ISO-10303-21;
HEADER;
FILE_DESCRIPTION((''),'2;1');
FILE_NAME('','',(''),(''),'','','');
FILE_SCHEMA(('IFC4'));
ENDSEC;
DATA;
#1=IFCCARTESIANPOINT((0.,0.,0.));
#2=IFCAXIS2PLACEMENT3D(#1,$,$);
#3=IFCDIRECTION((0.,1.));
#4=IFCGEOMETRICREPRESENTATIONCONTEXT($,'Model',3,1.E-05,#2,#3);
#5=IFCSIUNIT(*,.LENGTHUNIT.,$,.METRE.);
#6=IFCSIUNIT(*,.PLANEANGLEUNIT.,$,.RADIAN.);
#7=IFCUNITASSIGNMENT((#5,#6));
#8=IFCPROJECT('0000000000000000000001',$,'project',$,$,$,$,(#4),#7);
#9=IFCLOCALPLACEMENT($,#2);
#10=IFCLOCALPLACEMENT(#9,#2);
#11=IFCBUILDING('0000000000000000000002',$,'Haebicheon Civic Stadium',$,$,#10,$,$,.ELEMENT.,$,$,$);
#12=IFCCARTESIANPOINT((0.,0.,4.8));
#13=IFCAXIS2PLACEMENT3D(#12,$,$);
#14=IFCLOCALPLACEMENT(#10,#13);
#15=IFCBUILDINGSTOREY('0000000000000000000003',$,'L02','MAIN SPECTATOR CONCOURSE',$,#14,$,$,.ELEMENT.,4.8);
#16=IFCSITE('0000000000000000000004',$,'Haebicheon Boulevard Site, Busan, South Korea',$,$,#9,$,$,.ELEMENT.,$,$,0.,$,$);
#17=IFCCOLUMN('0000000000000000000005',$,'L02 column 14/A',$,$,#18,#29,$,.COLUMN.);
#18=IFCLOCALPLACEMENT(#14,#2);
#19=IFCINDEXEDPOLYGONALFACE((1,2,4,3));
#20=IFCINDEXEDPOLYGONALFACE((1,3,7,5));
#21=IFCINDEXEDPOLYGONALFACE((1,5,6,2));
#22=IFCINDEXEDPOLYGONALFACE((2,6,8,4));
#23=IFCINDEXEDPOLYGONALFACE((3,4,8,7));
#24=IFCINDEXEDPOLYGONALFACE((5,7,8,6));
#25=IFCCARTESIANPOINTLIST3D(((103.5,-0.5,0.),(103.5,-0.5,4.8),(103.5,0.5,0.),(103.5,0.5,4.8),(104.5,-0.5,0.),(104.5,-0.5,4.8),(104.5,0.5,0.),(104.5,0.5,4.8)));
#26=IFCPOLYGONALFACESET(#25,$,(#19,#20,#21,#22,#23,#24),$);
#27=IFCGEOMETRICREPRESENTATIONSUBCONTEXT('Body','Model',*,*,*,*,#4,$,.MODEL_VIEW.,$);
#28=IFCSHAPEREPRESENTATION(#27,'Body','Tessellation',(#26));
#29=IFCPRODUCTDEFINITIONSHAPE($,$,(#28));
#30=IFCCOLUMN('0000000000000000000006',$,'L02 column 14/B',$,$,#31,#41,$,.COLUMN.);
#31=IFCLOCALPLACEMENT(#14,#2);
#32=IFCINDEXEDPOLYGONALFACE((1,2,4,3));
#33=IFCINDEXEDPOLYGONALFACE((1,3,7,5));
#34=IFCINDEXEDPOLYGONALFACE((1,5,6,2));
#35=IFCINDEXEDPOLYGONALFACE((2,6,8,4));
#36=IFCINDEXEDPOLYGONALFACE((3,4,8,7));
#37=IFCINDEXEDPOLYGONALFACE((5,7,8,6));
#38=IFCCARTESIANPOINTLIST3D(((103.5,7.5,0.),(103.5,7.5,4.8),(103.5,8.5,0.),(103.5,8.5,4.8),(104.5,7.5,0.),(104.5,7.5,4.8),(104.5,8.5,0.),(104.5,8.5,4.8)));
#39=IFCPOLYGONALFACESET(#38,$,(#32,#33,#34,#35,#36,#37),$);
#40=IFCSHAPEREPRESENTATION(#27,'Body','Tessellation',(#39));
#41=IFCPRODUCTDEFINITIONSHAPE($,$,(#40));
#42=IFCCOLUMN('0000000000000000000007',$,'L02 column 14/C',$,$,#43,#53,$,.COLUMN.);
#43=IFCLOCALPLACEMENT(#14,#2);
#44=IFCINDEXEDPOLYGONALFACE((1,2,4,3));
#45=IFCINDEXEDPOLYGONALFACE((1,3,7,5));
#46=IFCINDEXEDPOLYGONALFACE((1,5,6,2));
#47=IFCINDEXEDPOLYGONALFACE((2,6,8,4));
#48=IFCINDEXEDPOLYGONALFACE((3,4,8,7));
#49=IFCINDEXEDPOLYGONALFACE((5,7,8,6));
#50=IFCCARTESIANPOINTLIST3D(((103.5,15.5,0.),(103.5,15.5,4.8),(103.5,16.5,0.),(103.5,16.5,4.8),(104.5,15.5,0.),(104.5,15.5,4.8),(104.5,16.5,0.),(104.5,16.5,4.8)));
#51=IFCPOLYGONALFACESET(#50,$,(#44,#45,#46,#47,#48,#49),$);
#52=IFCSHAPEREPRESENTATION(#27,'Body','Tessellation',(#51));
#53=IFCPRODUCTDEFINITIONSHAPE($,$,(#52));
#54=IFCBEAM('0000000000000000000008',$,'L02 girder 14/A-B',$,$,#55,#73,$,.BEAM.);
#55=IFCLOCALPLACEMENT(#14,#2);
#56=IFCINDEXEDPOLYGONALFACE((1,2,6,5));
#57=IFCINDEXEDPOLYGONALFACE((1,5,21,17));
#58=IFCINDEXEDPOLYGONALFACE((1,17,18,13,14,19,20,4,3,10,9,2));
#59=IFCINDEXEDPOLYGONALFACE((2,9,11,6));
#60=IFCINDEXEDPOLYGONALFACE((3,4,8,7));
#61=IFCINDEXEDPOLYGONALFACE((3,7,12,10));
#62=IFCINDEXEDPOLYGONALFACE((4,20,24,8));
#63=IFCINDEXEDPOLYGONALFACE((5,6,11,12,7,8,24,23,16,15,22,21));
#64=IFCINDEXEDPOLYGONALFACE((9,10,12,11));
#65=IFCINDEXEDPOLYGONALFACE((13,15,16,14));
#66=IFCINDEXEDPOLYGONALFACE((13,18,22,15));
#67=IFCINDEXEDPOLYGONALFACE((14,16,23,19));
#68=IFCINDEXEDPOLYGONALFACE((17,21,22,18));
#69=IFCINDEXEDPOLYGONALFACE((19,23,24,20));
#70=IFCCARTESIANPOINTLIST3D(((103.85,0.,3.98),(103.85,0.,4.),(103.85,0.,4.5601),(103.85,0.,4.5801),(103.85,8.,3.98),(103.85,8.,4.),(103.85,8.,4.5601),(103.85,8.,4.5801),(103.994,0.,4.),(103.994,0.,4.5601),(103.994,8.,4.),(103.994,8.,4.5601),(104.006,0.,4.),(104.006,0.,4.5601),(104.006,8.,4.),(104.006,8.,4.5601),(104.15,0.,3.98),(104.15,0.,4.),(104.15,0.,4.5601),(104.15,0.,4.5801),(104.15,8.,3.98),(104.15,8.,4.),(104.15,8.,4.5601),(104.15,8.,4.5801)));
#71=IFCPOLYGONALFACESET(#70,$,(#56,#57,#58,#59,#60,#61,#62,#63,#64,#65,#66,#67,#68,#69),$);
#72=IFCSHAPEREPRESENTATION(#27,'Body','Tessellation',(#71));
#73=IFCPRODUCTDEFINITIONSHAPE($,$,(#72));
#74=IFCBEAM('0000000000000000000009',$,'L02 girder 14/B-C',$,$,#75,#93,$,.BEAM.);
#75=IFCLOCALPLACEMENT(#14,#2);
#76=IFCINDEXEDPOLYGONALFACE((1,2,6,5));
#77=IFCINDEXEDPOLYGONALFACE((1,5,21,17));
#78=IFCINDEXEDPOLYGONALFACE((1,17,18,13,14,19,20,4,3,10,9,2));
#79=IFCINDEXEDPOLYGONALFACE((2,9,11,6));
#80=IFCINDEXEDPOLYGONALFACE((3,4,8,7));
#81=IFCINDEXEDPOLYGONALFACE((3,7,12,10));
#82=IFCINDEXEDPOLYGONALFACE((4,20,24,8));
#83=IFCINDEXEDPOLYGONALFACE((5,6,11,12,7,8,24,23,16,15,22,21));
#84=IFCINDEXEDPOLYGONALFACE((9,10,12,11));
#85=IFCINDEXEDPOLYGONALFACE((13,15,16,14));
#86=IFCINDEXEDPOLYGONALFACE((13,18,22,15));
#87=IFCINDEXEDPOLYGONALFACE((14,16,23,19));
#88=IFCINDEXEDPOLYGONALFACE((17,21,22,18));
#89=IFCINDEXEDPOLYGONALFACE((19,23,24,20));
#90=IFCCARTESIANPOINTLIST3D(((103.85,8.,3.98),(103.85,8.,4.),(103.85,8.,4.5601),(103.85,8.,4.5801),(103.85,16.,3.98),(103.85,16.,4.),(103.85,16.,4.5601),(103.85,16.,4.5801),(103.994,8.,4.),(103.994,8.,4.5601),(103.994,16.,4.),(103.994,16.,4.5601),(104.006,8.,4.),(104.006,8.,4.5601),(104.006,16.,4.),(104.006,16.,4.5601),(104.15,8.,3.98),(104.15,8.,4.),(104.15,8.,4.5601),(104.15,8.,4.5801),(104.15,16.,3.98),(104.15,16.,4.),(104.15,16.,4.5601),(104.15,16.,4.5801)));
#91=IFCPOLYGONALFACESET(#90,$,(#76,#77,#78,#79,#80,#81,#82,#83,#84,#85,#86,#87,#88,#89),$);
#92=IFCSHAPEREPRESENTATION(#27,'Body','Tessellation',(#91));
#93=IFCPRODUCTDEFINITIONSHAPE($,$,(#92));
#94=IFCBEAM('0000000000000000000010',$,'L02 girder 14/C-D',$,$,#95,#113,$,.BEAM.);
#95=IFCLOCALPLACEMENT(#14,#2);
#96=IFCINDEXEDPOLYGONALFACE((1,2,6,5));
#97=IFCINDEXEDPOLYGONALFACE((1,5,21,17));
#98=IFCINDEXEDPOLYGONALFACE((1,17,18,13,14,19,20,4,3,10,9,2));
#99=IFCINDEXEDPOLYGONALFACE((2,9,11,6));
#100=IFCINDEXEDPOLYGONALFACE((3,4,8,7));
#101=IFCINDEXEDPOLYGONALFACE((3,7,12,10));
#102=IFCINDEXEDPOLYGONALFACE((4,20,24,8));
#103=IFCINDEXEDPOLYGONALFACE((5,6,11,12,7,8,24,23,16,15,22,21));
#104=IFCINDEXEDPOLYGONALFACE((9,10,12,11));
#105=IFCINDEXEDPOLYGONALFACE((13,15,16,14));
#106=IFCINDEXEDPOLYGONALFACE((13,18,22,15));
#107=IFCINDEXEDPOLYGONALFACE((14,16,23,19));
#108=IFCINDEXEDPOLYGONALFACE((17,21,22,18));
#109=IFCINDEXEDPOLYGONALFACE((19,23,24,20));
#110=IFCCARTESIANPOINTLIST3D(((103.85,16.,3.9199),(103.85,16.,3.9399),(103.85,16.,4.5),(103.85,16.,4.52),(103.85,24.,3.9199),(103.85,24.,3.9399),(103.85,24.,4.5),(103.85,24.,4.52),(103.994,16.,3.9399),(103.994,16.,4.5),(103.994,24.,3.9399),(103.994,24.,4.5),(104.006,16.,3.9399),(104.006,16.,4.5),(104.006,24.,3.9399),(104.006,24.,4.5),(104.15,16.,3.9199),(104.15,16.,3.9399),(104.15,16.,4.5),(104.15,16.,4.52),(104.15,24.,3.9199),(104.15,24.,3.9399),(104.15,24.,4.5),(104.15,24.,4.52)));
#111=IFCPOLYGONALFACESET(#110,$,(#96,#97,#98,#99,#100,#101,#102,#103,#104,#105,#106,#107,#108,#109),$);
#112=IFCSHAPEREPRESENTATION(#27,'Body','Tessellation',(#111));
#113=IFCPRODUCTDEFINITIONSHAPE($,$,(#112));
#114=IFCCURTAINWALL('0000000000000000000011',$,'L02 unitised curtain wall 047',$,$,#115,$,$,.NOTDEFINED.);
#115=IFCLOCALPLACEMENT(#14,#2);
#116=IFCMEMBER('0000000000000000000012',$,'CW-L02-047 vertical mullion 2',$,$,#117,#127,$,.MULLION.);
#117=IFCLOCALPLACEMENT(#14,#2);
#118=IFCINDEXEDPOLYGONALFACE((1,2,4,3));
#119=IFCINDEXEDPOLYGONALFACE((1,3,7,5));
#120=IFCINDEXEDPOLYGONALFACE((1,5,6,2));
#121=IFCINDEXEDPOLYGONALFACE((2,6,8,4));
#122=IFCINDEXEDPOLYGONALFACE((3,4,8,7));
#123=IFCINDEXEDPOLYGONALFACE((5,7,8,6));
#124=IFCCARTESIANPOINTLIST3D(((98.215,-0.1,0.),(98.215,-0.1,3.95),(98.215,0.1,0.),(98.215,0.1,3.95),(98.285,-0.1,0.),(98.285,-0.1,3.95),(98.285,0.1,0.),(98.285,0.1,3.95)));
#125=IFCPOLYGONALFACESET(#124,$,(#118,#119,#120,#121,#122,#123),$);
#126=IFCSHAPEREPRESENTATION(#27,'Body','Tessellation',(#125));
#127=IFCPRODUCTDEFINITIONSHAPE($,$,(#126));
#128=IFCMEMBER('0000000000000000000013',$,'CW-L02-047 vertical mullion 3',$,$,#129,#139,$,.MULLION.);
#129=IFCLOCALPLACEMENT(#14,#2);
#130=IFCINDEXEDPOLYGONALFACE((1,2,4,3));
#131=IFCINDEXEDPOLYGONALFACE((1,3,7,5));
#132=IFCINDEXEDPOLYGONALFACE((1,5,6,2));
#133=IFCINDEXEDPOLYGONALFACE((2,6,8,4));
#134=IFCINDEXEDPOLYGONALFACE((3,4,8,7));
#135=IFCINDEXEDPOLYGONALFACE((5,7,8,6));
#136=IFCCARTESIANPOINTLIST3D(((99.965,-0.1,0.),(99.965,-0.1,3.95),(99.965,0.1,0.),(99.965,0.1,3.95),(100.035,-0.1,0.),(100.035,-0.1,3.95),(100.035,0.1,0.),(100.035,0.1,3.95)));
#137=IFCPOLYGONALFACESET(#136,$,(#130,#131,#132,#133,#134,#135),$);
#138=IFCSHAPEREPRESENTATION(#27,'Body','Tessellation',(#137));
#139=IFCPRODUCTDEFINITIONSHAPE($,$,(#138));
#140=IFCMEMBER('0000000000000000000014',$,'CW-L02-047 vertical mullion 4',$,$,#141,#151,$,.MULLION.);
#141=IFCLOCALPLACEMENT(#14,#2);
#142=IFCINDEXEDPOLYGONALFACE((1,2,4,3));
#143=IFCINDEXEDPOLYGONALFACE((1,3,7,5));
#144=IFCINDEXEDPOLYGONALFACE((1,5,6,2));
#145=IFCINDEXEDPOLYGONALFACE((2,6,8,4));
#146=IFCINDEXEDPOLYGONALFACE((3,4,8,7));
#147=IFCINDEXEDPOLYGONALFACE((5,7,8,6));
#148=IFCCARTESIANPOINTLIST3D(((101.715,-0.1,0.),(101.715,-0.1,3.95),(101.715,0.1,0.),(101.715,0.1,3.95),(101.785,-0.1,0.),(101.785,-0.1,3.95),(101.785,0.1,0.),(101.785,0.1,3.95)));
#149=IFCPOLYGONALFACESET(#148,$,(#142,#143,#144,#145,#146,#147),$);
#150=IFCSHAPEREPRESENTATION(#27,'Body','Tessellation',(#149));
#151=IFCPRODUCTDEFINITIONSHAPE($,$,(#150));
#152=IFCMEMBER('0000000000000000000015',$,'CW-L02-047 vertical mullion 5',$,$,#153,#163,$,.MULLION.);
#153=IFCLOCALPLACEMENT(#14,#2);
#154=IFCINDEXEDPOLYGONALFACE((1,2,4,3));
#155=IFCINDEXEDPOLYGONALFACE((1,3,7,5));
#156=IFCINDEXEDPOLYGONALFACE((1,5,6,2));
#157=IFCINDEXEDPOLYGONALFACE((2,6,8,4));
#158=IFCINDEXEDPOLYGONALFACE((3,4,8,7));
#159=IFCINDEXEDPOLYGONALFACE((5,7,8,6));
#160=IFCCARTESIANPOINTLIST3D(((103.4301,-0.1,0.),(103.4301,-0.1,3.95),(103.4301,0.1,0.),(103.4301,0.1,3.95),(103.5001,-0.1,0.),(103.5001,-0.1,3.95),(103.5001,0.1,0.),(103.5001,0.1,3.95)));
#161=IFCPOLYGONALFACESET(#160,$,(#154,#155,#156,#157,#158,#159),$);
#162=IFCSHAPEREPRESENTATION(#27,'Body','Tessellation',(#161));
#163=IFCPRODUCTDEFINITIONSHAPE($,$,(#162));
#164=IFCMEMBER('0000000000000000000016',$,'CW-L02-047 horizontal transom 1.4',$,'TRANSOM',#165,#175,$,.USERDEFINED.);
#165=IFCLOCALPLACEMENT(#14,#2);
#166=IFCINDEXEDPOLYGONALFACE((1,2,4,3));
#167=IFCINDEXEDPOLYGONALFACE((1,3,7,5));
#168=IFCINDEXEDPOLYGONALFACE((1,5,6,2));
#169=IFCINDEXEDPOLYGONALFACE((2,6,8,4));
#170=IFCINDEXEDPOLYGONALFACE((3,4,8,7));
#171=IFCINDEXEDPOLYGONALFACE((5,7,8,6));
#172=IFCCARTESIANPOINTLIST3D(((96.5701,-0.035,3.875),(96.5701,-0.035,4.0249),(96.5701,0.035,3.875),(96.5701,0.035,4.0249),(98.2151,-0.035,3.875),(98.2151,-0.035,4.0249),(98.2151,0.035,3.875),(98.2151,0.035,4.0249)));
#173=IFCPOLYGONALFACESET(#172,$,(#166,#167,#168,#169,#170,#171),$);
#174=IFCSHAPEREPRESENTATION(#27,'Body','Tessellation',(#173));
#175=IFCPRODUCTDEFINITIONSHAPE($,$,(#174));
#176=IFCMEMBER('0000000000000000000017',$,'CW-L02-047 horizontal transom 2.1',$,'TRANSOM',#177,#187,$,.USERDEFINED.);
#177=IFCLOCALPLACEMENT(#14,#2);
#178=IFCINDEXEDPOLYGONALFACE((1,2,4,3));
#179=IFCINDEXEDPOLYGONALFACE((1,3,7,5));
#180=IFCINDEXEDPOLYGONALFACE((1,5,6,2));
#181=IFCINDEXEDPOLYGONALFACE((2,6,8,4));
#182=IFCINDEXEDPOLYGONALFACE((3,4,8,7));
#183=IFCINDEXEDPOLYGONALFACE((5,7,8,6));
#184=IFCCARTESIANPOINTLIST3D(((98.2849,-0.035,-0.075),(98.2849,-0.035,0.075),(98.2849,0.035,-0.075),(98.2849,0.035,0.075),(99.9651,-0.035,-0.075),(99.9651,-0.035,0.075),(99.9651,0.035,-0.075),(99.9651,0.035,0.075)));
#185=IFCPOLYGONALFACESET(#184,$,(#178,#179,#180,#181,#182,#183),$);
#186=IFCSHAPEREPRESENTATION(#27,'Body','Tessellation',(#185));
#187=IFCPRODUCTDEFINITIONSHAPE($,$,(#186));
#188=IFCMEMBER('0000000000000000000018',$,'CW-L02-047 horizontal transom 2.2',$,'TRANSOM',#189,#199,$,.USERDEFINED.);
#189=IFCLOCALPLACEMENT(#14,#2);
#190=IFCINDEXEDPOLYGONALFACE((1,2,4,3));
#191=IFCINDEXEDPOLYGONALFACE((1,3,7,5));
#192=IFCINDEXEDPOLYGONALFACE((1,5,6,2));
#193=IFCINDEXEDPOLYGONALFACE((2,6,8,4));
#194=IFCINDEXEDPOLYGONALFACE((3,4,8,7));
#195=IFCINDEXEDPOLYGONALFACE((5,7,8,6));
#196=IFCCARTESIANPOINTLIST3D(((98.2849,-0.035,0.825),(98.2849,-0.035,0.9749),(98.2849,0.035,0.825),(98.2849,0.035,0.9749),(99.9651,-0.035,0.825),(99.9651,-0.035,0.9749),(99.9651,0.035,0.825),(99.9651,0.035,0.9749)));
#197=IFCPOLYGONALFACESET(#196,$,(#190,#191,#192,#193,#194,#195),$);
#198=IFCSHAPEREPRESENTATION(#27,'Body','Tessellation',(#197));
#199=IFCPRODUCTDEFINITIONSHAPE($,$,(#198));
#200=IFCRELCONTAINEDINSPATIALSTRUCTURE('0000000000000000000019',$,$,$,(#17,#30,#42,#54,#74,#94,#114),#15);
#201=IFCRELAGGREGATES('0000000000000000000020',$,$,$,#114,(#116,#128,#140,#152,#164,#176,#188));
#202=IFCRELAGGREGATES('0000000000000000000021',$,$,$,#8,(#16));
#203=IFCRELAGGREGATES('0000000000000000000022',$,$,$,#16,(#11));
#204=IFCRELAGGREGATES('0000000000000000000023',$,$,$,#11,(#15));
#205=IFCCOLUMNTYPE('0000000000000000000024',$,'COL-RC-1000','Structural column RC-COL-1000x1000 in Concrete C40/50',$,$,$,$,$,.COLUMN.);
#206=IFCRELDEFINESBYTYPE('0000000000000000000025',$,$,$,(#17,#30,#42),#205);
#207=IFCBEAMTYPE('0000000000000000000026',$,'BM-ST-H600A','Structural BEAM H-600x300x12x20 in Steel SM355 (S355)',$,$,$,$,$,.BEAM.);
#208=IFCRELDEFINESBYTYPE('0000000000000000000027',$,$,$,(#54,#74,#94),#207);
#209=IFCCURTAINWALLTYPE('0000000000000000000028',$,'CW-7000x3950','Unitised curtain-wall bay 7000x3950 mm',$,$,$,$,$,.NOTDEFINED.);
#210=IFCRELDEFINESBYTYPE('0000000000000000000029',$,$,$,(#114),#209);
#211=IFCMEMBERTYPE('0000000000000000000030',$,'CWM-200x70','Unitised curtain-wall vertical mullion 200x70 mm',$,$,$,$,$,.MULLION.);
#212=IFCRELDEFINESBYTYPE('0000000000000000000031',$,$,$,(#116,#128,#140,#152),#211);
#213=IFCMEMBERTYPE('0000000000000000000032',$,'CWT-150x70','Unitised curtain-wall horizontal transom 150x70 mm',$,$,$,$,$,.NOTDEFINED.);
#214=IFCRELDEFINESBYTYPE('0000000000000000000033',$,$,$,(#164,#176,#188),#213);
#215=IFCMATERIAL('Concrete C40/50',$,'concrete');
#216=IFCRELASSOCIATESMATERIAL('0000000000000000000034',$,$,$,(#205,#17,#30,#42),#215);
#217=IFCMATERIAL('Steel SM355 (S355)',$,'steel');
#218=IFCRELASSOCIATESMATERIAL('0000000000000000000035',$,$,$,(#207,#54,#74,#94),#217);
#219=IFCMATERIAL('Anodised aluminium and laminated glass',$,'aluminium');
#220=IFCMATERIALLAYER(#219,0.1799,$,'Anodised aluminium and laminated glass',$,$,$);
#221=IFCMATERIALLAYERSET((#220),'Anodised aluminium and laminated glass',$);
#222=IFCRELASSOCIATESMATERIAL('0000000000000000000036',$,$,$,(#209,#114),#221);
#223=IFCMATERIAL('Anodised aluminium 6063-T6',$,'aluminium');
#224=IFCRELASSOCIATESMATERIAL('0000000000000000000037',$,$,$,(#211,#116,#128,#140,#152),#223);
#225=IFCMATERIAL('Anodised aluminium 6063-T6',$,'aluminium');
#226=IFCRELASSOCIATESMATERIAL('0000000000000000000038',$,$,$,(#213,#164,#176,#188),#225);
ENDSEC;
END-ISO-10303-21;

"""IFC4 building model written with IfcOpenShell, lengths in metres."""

from ifc_helpers import new_model, si_unit, direction, frame, origin, origin_2d, place, context, subcontext, project, spatial, rectangle, i_section, extrude, material, layer, layer_set, material_profile, profile_set, type_object, element, aggregate, save


model = new_model("IFC4")

# Units and contexts
model_context = context("Model", 3, precision=1e-05, world=origin(), true_north=direction((0.0, 1.0)))
body_context = subcontext(model_context, "Body", "Model", "MODEL_VIEW")
ifc_project = project(units=[si_unit("LENGTHUNIT", "METRE"), si_unit("PLANEANGLEUNIT", "RADIAN")], contexts=[model_context])

# Site, building, storey
site_placement = place(None, origin())
site = spatial("IfcSite", under=ifc_project, at=site_placement, Name="Haebicheon Boulevard Site, Busan, South Korea", CompositionType="ELEMENT", RefElevation=0.0)
building_placement = place(site_placement, origin())
building = spatial("IfcBuilding", under=site, at=building_placement, Name="Haebicheon Civic Stadium", CompositionType="ELEMENT")
storey_placement = place(building_placement, frame((0.0, 0.0, 4.8)))
storey = spatial("IfcBuildingStorey", under=building, at=storey_placement, Name="L02", Description="MAIN SPECTATOR CONCOURSE", CompositionType="ELEMENT", Elevation=4.8)

# Columns
ifc_material_1 = material(Name="Concrete C40/50", Category="concrete")
ifc_material_profile_1 = material_profile(ifc_material_1, rectangle(XDim=1.0, YDim=1.0, at=origin_2d()), Name="RC-COL-1000x1000")
ifc_profile_set_1 = profile_set([ifc_material_profile_1], Name="Concrete C40/50")
column_type = type_object("IfcColumnType", Name="COL-RC-1000", Description="Structural column RC-COL-1000x1000 in Concrete C40/50", PredefinedType="COLUMN", material=ifc_profile_set_1)
for number, where, z_axis, x_axis, name in (
    (1, (104.0, 0.0, 0.0), (0.0, 0.0, 1.0), (1.0, 0.0, 0.0), "L02 column 14/A"),
    (2, (104.0, 8.0, 0.0), (0.0, 0.0, 1.0), (1.0, 0.0, 0.0), "L02 column 14/B"),
    (3, (104.0, 16.0, 0.0), (0.0, 0.0, 1.0), (1.0, 0.0, 0.0), "L02 column 14/C"),
):
    element("IfcColumn", number, at=place(storey_placement, frame(where, z_axis=z_axis, x_axis=x_axis)), inside=storey, type_object=column_type, material=ifc_profile_set_1, Name=name, PredefinedType="COLUMN", context=body_context, shape_type="SweptSolid", body=[
        extrude(rectangle(XDim=1.0, YDim=1.0, at=origin_2d()), origin(), (0.0, 0.0, 1.0), 4.8),
    ])

# Beams
ifc_material_2 = material(Name="Steel SM355 (S355)", Category="steel")
ifc_material_profile_2 = material_profile(ifc_material_2, i_section(OverallWidth=0.3, OverallDepth=0.6001, WebThickness=0.012, FlangeThickness=0.02, at=origin_2d()), Name="H-600x300x12x20")
ifc_profile_set_2 = profile_set([ifc_material_profile_2], Name="Steel SM355 (S355)")
beam_type_1 = type_object("IfcBeamType", Name="BM-ST-H600A", Description="Structural BEAM H-600x300x12x20 in Steel SM355 (S355)", PredefinedType="BEAM", material=ifc_profile_set_2)
for number, where, z_axis, x_axis, name in (
    (4, (104.0, 0.0, 4.28), (0.0, 1.0, 0.0), (-1.0, 0.0, 0.0), "L02 girder 14/A-B"),
    (5, (104.0, 8.0, 4.28), (0.0, 1.0, 0.0), (-1.0, 0.0, 0.0), "L02 girder 14/B-C"),
    (6, (104.0, 16.0, 4.22), (0.0, 1.0, 0.0), (-1.0, 0.0, 0.0), "L02 girder 14/C-D"),
):
    element("IfcBeam", number, at=place(storey_placement, frame(where, z_axis=z_axis, x_axis=x_axis)), inside=storey, type_object=beam_type_1, material=ifc_profile_set_2, Name=name, PredefinedType="BEAM", context=body_context, shape_type="SweptSolid", body=[
        extrude(i_section(OverallWidth=0.3, OverallDepth=0.6001, WebThickness=0.012, FlangeThickness=0.02, at=origin_2d()), origin(), (0.0, 0.0, 1.0), 8.0),
    ])

# Curtain wall, members
ifc_material_3 = material(Name="Anodised aluminium and laminated glass", Category="aluminium")
ifc_layer_1 = layer(ifc_material_3, 0.1799, Name="Anodised aluminium and laminated glass")
ifc_layer_set_1 = layer_set([ifc_layer_1], Name="Anodised aluminium and laminated glass")
curtain_wall_type = type_object("IfcCurtainWallType", Name="CW-7000x3950", Description="Unitised curtain-wall bay 7000x3950 mm", PredefinedType="NOTDEFINED", material=ifc_layer_set_1)
curtain_wall_placement = place(storey_placement, origin())
curtain_wall = element("IfcCurtainWall", 7, at=curtain_wall_placement, inside=storey, type_object=curtain_wall_type, material=ifc_layer_set_1, Name="L02 unitised curtain wall 047", PredefinedType="NOTDEFINED")
ifc_material_4 = material(Name="Anodised aluminium 6063-T6", Category="aluminium")
ifc_material_profile_3 = material_profile(ifc_material_4, rectangle(XDim=0.0701, YDim=0.2, at=origin_2d()), Name="ALU-MULL-70x200")
ifc_profile_set_3 = profile_set([ifc_material_profile_3], Name="Anodised aluminium 6063-T6")
member_type_1 = type_object("IfcMemberType", Name="CWM-200x70", Description="Unitised curtain-wall vertical mullion 200x70 mm", PredefinedType="MULLION", material=ifc_profile_set_3)
member_1_placement = place(storey_placement, frame((98.25, 0.0, 0.0), z_axis=(0.0, 0.0, 1.0), x_axis=(1.0, 0.0, 0.0)))
member_1 = element("IfcMember", 8, at=member_1_placement, type_object=member_type_1, material=ifc_profile_set_3, Name="CW-L02-047 vertical mullion 2", PredefinedType="MULLION", context=body_context, shape_type="SweptSolid", body=[
    extrude(rectangle(XDim=0.0701, YDim=0.2, at=origin_2d()), origin(), (0.0, 0.0, 1.0), 3.95),
])
member_2_placement = place(storey_placement, frame((100.0, 0.0, 0.0), z_axis=(0.0, 0.0, 1.0), x_axis=(1.0, 0.0, 0.0)))
member_2 = element("IfcMember", 9, at=member_2_placement, type_object=member_type_1, material=ifc_profile_set_3, Name="CW-L02-047 vertical mullion 3", PredefinedType="MULLION", context=body_context, shape_type="SweptSolid", body=[
    extrude(rectangle(XDim=0.0701, YDim=0.2, at=origin_2d()), origin(), (0.0, 0.0, 1.0), 3.95),
])
member_3_placement = place(storey_placement, frame((101.75, 0.0, 0.0), z_axis=(0.0, 0.0, 1.0), x_axis=(1.0, 0.0, 0.0)))
member_3 = element("IfcMember", 10, at=member_3_placement, type_object=member_type_1, material=ifc_profile_set_3, Name="CW-L02-047 vertical mullion 4", PredefinedType="MULLION", context=body_context, shape_type="SweptSolid", body=[
    extrude(rectangle(XDim=0.0701, YDim=0.2, at=origin_2d()), origin(), (0.0, 0.0, 1.0), 3.95),
])
member_4_placement = place(storey_placement, frame((103.4651, 0.0, 0.0), z_axis=(0.0, 0.0, 1.0), x_axis=(1.0, 0.0, 0.0)))
member_4 = element("IfcMember", 11, at=member_4_placement, type_object=member_type_1, material=ifc_profile_set_3, Name="CW-L02-047 vertical mullion 5", PredefinedType="MULLION", context=body_context, shape_type="SweptSolid", body=[
    extrude(rectangle(XDim=0.0701, YDim=0.2, at=origin_2d()), origin(), (0.0, 0.0, 1.0), 3.95),
])
ifc_material_5 = material(Name="Anodised aluminium 6063-T6", Category="aluminium")
ifc_material_profile_4 = material_profile(ifc_material_5, rectangle(XDim=0.0701, YDim=0.1499, at=origin_2d()), Name="ALU-TRAN-70x150")
ifc_profile_set_4 = profile_set([ifc_material_profile_4], Name="Anodised aluminium 6063-T6")
member_type_2 = type_object("IfcMemberType", Name="CWT-150x70", Description="Unitised curtain-wall horizontal transom 150x70 mm", PredefinedType="NOTDEFINED", material=ifc_profile_set_4)
member_5_placement = place(storey_placement, frame((96.5701, 0.0, 3.95), z_axis=(1.0, 0.0, 0.0), x_axis=(0.0, 1.0, 0.0)))
member_5 = element("IfcMember", 12, at=member_5_placement, type_object=member_type_2, material=ifc_profile_set_4, Name="CW-L02-047 horizontal transom 1.4", ObjectType="TRANSOM", PredefinedType="USERDEFINED", context=body_context, shape_type="SweptSolid", body=[
    extrude(rectangle(XDim=0.0701, YDim=0.1499, at=origin_2d()), origin(), (0.0, 0.0, 1.0), 1.645),
])
member_6_placement = place(storey_placement, frame((98.2849, 0.0, 0.0), z_axis=(1.0, 0.0, 0.0), x_axis=(0.0, 1.0, 0.0)))
member_6 = element("IfcMember", 13, at=member_6_placement, type_object=member_type_2, material=ifc_profile_set_4, Name="CW-L02-047 horizontal transom 2.1", ObjectType="TRANSOM", PredefinedType="USERDEFINED", context=body_context, shape_type="SweptSolid", body=[
    extrude(rectangle(XDim=0.0701, YDim=0.1499, at=origin_2d()), origin(), (0.0, 0.0, 1.0), 1.6802),
])
member_7_placement = place(storey_placement, frame((98.2849, 0.0, 0.8999), z_axis=(1.0, 0.0, 0.0), x_axis=(0.0, 1.0, 0.0)))
member_7 = element("IfcMember", 14, at=member_7_placement, type_object=member_type_2, material=ifc_profile_set_4, Name="CW-L02-047 horizontal transom 2.2", ObjectType="TRANSOM", PredefinedType="USERDEFINED", context=body_context, shape_type="SweptSolid", body=[
    extrude(rectangle(XDim=0.0701, YDim=0.1499, at=origin_2d()), origin(), (0.0, 0.0, 1.0), 1.6802),
])

aggregate(curtain_wall, [member_1, member_2, member_3, member_4, member_5, member_6, member_7])

save(model, "model.ifc")
